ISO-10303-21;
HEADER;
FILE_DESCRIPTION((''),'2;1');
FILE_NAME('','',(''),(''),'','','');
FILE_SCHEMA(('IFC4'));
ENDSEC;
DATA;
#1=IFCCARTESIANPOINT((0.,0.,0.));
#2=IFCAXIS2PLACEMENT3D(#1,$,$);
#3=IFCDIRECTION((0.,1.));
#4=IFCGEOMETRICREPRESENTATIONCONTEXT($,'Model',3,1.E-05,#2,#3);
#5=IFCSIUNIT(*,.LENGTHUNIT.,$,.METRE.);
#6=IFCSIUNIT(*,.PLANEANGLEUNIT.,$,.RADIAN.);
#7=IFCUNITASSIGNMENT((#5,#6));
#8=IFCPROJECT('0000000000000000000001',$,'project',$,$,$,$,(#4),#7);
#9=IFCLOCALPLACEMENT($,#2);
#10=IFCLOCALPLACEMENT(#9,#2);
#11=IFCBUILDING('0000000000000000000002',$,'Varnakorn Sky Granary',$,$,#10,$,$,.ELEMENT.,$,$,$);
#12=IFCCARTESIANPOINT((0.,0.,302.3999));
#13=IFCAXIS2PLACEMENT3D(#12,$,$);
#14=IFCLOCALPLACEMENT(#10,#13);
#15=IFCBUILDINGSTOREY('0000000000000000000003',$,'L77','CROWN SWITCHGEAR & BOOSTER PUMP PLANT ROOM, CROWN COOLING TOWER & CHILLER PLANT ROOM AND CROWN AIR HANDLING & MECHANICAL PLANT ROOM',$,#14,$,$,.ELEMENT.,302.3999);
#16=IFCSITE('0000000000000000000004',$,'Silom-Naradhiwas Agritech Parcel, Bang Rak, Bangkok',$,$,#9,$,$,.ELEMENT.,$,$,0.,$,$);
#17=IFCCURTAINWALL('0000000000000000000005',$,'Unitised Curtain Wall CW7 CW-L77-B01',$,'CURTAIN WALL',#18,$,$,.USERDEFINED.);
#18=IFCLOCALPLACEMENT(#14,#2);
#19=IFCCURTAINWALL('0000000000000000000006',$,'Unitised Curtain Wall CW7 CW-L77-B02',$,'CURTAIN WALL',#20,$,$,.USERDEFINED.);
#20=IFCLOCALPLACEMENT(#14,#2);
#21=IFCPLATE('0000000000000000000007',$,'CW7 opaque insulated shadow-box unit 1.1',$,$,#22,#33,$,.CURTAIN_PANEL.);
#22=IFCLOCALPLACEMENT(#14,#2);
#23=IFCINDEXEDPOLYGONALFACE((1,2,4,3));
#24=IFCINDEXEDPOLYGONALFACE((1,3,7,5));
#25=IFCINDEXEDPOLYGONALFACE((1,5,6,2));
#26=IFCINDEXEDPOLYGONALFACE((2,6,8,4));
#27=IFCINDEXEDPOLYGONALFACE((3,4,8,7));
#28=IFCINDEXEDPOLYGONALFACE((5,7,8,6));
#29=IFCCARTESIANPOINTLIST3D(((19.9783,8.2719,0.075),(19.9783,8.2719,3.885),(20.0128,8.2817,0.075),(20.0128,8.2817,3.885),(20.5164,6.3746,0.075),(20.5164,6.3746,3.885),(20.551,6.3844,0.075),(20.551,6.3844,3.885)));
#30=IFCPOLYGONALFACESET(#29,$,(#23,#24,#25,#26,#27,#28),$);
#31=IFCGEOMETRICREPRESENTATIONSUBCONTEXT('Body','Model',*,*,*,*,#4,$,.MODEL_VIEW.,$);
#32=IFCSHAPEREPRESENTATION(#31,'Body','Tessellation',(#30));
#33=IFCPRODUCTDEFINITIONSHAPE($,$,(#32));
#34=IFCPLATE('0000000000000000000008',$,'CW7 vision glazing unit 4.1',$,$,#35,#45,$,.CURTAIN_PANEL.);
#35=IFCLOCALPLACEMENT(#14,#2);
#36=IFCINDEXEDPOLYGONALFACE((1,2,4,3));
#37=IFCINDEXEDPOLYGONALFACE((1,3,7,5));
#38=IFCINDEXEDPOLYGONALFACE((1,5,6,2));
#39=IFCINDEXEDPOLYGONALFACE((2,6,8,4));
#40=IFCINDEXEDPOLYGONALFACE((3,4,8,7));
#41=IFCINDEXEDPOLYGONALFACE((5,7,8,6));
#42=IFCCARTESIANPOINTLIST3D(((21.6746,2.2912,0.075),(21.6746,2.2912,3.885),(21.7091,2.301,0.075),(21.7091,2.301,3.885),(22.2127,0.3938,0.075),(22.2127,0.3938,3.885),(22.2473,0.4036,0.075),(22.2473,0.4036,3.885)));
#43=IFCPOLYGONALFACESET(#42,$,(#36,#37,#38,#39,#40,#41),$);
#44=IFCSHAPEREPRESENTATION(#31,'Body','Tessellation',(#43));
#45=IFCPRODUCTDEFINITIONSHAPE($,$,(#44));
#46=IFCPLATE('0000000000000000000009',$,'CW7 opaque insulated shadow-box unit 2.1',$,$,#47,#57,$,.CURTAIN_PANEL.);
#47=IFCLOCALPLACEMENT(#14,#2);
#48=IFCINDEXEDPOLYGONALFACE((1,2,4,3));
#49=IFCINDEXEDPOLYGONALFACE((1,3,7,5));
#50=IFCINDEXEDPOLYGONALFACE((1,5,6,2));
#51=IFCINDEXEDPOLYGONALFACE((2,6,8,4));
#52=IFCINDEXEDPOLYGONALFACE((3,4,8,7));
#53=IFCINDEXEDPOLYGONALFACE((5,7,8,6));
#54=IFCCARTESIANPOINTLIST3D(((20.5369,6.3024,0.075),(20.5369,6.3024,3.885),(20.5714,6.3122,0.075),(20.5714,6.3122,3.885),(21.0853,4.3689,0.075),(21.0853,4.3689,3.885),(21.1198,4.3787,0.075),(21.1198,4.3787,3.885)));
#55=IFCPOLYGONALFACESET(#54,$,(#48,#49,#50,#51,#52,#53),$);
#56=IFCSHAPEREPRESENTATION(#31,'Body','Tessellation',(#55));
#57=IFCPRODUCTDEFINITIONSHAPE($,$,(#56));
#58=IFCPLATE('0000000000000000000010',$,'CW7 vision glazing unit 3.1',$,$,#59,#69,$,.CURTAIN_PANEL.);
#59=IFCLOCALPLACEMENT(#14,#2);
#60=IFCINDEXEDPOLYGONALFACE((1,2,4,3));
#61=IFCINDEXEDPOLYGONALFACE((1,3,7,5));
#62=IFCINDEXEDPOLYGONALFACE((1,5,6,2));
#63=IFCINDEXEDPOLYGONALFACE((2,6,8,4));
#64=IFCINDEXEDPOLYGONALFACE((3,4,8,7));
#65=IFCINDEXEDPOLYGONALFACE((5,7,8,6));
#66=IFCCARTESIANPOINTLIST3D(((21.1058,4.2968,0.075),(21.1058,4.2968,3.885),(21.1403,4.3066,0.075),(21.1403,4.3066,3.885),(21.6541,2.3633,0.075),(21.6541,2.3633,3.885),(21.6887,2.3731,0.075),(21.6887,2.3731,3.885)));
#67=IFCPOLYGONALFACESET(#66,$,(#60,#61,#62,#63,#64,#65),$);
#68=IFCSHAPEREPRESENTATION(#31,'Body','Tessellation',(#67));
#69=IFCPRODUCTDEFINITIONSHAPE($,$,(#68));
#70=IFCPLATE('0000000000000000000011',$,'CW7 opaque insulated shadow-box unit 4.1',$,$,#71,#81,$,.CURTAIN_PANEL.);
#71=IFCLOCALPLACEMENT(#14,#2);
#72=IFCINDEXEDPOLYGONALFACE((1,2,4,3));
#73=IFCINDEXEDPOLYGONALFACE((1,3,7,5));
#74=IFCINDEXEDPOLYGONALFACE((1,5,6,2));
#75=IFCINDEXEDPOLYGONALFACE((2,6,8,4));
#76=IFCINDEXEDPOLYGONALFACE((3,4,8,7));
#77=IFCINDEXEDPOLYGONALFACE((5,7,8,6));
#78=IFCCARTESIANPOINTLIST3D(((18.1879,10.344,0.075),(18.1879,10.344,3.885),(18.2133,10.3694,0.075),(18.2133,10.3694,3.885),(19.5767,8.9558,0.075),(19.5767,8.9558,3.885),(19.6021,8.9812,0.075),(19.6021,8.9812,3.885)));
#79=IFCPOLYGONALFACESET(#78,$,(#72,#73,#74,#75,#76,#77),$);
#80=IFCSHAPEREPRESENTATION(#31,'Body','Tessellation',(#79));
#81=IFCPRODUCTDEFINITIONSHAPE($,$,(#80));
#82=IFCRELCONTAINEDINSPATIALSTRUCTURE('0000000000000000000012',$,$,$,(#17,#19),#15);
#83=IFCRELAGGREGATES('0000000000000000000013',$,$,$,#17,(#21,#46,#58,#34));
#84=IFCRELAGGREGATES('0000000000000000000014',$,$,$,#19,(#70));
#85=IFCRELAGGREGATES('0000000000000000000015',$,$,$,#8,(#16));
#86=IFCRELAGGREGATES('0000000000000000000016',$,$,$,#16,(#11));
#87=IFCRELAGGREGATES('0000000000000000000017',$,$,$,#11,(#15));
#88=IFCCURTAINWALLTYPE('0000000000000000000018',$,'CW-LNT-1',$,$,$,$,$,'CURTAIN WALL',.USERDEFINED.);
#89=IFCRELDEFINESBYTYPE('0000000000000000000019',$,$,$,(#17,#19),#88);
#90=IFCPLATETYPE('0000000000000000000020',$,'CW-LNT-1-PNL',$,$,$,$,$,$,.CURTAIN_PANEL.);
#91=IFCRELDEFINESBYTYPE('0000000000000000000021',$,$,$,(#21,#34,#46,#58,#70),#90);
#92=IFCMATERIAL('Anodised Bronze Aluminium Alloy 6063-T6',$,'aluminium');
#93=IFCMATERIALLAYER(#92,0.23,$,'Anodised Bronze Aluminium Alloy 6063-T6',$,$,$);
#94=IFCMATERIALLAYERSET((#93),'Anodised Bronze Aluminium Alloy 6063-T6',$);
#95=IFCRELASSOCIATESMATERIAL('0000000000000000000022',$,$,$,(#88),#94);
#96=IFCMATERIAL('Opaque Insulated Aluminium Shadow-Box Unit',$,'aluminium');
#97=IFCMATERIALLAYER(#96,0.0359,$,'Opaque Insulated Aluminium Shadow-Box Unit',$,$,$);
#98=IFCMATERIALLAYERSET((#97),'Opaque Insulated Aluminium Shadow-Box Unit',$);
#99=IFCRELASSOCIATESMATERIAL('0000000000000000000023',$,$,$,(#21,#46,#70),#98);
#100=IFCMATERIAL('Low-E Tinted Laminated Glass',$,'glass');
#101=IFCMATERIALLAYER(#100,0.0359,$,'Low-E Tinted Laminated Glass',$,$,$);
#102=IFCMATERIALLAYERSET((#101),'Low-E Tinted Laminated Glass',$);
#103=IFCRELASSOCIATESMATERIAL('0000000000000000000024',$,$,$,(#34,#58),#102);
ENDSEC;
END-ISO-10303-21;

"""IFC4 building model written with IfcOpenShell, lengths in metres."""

from ifc_helpers import new_model, si_unit, direction, frame, origin, origin_2d, place, context, subcontext, project, spatial, rectangle, extrude, source, transform, mapped, material, layer, layer_set, type_object, type_shapes, element, aggregate, save


model = new_model("IFC4")

# Units and contexts
model_context = context("Model", 3, precision=1e-05, world=origin(), true_north=direction((0.0, 1.0)))
body_context = subcontext(model_context, "Body", "Model", "MODEL_VIEW")
ifc_project = project(units=[si_unit("LENGTHUNIT", "METRE"), si_unit("PLANEANGLEUNIT", "RADIAN")], contexts=[model_context])

# Site, building, storey
site_placement = place(None, origin())
site = spatial("IfcSite", under=ifc_project, at=site_placement, Name="Silom-Naradhiwas Agritech Parcel, Bang Rak, Bangkok", CompositionType="ELEMENT", RefElevation=0.0)
building_placement = place(site_placement, origin())
building = spatial("IfcBuilding", under=site, at=building_placement, Name="Varnakorn Sky Granary", CompositionType="ELEMENT")
storey_placement = place(building_placement, frame((0.0, 0.0, 302.3999)))
storey = spatial("IfcBuildingStorey", under=building, at=storey_placement, Name="L77", Description="CROWN SWITCHGEAR & BOOSTER PUMP PLANT ROOM, CROWN COOLING TOWER & CHILLER PLANT ROOM AND CROWN AIR HANDLING & MECHANICAL PLANT ROOM", CompositionType="ELEMENT", Elevation=302.3999)

# Curtain wall
ifc_material_1 = material(Name="Anodised Bronze Aluminium Alloy 6063-T6", Category="aluminium")
ifc_layer_1 = layer(ifc_material_1, 0.23, Name="Anodised Bronze Aluminium Alloy 6063-T6")
ifc_layer_set_1 = layer_set([ifc_layer_1], Name="Anodised Bronze Aluminium Alloy 6063-T6")
curtain_wall_type = type_object("IfcCurtainWallType", Name="CW-LNT-1", ElementType="CURTAIN WALL", PredefinedType="USERDEFINED", material=ifc_layer_set_1)
curtain_wall_1_placement = place(storey_placement, origin())
curtain_wall_1 = element("IfcCurtainWall", 1, at=curtain_wall_1_placement, inside=storey, type_object=curtain_wall_type, Name="Unitised Curtain Wall CW7 CW-L77-B01", ObjectType="CURTAIN WALL", PredefinedType="USERDEFINED")

# Curtain wall
curtain_wall_2_placement = place(storey_placement, origin())
curtain_wall_2 = element("IfcCurtainWall", 2, at=curtain_wall_2_placement, inside=storey, type_object=curtain_wall_type, Name="Unitised Curtain Wall CW7 CW-L77-B02", ObjectType="CURTAIN WALL", PredefinedType="USERDEFINED")

# Plates
ifc_material_2 = material(Name="Opaque Insulated Aluminium Shadow-Box Unit", Category="aluminium")
ifc_layer_2 = layer(ifc_material_2, 0.0359, Name="Opaque Insulated Aluminium Shadow-Box Unit")
ifc_layer_set_2 = layer_set([ifc_layer_2], Name="Opaque Insulated Aluminium Shadow-Box Unit")
plate_type = type_object("IfcPlateType", Name="CW-LNT-1-PNL", PredefinedType="CURTAIN_PANEL")
shared_shape_1 = source(origin(), body_context, "Body", "SweptSolid", [
    extrude(rectangle(XDim=1.9722, YDim=0.0359, at=origin_2d()), origin(), (0.0, 0.0, 1.0), 3.8101),
])
plate_1_placement = place(storey_placement, frame((20.2646, 7.3281, 0.075), z_axis=(0.0, 0.0, 1.0), x_axis=(0.27286, -0.962054, 0.0)))
plate_1 = element("IfcPlate", 3, at=plate_1_placement, type_object=plate_type, material=ifc_layer_set_2, Name="CW7 opaque insulated shadow-box unit 1.1", PredefinedType="CURTAIN_PANEL", context=body_context, shape_type="MappedRepresentation", body=[
    mapped(shared_shape_1, transform((0.0, 0.0, 0.0), x_axis=(1.0, 0.0, 0.0), y_axis=(0.0, 1.0, 0.0), z_axis=(0.0, 0.0, 1.0), scale=1.0)),
])
ifc_material_3 = material(Name="Low-E Tinted Laminated Glass", Category="glass")
ifc_layer_3 = layer(ifc_material_3, 0.0359, Name="Low-E Tinted Laminated Glass")
ifc_layer_set_3 = layer_set([ifc_layer_3], Name="Low-E Tinted Laminated Glass")
plate_2_placement = place(storey_placement, frame((21.9609, 1.3474, 0.075), z_axis=(0.0, 0.0, 1.0), x_axis=(0.27286, -0.962054, 0.0)))
plate_2 = element("IfcPlate", 4, at=plate_2_placement, type_object=plate_type, material=ifc_layer_set_3, Name="CW7 vision glazing unit 4.1", PredefinedType="CURTAIN_PANEL", context=body_context, shape_type="MappedRepresentation", body=[
    mapped(shared_shape_1, transform((0.0, 0.0, 0.0), x_axis=(1.0, 0.0, 0.0), y_axis=(0.0, 1.0, 0.0), z_axis=(0.0, 0.0, 1.0), scale=1.0)),
])
shared_shape_2 = source(origin(), body_context, "Body", "SweptSolid", [
    extrude(rectangle(XDim=2.0098, YDim=0.0359, at=origin_2d()), origin(), (0.0, 0.0, 1.0), 3.8101),
])
plate_3_placement = place(storey_placement, frame((20.8284, 5.3406, 0.075), z_axis=(0.0, 0.0, 1.0), x_axis=(0.27286, -0.962054, 0.0)))
plate_3 = element("IfcPlate", 5, at=plate_3_placement, type_object=plate_type, material=ifc_layer_set_2, Name="CW7 opaque insulated shadow-box unit 2.1", PredefinedType="CURTAIN_PANEL", context=body_context, shape_type="MappedRepresentation", body=[
    mapped(shared_shape_2, transform((0.0, 0.0, 0.0), x_axis=(1.0, 0.0, 0.0), y_axis=(0.0, 1.0, 0.0), z_axis=(0.0, 0.0, 1.0), scale=1.0)),
])
plate_4_placement = place(storey_placement, frame((21.3972, 3.335, 0.075), z_axis=(0.0, 0.0, 1.0), x_axis=(0.27286, -0.962054, 0.0)))
plate_4 = element("IfcPlate", 6, at=plate_4_placement, type_object=plate_type, material=ifc_layer_set_3, Name="CW7 vision glazing unit 3.1", PredefinedType="CURTAIN_PANEL", context=body_context, shape_type="MappedRepresentation", body=[
    mapped(shared_shape_2, transform((0.0, 0.0, 0.0), x_axis=(1.0, 0.0, 0.0), y_axis=(0.0, 1.0, 0.0), z_axis=(0.0, 0.0, 1.0), scale=1.0)),
])
aggregate(curtain_wall_1, [plate_1, plate_3, plate_4, plate_2])
shared_shape_3 = source(origin(), body_context, "Body", "SweptSolid", [
    extrude(rectangle(XDim=1.9636, YDim=0.0359, at=origin_2d()), origin(), (0.0, 0.0, 1.0), 3.8101),
])
type_shapes(plate_type, [shared_shape_1, shared_shape_2, shared_shape_3])
plate_5_placement = place(storey_placement, frame((18.895, 9.6626, 0.075), z_axis=(0.0, 0.0, 1.0), x_axis=(0.707251, -0.706962, 0.0)))
plate_5 = element("IfcPlate", 7, at=plate_5_placement, type_object=plate_type, material=ifc_layer_set_2, Name="CW7 opaque insulated shadow-box unit 4.1", PredefinedType="CURTAIN_PANEL", context=body_context, shape_type="MappedRepresentation", body=[
    mapped(shared_shape_3, transform((0.0, 0.0, 0.0), x_axis=(1.0, 0.0, 0.0), y_axis=(0.0, 1.0, 0.0), z_axis=(0.0, 0.0, 1.0), scale=1.0)),
])
aggregate(curtain_wall_2, [plate_5])

save(model, "model.ifc")
